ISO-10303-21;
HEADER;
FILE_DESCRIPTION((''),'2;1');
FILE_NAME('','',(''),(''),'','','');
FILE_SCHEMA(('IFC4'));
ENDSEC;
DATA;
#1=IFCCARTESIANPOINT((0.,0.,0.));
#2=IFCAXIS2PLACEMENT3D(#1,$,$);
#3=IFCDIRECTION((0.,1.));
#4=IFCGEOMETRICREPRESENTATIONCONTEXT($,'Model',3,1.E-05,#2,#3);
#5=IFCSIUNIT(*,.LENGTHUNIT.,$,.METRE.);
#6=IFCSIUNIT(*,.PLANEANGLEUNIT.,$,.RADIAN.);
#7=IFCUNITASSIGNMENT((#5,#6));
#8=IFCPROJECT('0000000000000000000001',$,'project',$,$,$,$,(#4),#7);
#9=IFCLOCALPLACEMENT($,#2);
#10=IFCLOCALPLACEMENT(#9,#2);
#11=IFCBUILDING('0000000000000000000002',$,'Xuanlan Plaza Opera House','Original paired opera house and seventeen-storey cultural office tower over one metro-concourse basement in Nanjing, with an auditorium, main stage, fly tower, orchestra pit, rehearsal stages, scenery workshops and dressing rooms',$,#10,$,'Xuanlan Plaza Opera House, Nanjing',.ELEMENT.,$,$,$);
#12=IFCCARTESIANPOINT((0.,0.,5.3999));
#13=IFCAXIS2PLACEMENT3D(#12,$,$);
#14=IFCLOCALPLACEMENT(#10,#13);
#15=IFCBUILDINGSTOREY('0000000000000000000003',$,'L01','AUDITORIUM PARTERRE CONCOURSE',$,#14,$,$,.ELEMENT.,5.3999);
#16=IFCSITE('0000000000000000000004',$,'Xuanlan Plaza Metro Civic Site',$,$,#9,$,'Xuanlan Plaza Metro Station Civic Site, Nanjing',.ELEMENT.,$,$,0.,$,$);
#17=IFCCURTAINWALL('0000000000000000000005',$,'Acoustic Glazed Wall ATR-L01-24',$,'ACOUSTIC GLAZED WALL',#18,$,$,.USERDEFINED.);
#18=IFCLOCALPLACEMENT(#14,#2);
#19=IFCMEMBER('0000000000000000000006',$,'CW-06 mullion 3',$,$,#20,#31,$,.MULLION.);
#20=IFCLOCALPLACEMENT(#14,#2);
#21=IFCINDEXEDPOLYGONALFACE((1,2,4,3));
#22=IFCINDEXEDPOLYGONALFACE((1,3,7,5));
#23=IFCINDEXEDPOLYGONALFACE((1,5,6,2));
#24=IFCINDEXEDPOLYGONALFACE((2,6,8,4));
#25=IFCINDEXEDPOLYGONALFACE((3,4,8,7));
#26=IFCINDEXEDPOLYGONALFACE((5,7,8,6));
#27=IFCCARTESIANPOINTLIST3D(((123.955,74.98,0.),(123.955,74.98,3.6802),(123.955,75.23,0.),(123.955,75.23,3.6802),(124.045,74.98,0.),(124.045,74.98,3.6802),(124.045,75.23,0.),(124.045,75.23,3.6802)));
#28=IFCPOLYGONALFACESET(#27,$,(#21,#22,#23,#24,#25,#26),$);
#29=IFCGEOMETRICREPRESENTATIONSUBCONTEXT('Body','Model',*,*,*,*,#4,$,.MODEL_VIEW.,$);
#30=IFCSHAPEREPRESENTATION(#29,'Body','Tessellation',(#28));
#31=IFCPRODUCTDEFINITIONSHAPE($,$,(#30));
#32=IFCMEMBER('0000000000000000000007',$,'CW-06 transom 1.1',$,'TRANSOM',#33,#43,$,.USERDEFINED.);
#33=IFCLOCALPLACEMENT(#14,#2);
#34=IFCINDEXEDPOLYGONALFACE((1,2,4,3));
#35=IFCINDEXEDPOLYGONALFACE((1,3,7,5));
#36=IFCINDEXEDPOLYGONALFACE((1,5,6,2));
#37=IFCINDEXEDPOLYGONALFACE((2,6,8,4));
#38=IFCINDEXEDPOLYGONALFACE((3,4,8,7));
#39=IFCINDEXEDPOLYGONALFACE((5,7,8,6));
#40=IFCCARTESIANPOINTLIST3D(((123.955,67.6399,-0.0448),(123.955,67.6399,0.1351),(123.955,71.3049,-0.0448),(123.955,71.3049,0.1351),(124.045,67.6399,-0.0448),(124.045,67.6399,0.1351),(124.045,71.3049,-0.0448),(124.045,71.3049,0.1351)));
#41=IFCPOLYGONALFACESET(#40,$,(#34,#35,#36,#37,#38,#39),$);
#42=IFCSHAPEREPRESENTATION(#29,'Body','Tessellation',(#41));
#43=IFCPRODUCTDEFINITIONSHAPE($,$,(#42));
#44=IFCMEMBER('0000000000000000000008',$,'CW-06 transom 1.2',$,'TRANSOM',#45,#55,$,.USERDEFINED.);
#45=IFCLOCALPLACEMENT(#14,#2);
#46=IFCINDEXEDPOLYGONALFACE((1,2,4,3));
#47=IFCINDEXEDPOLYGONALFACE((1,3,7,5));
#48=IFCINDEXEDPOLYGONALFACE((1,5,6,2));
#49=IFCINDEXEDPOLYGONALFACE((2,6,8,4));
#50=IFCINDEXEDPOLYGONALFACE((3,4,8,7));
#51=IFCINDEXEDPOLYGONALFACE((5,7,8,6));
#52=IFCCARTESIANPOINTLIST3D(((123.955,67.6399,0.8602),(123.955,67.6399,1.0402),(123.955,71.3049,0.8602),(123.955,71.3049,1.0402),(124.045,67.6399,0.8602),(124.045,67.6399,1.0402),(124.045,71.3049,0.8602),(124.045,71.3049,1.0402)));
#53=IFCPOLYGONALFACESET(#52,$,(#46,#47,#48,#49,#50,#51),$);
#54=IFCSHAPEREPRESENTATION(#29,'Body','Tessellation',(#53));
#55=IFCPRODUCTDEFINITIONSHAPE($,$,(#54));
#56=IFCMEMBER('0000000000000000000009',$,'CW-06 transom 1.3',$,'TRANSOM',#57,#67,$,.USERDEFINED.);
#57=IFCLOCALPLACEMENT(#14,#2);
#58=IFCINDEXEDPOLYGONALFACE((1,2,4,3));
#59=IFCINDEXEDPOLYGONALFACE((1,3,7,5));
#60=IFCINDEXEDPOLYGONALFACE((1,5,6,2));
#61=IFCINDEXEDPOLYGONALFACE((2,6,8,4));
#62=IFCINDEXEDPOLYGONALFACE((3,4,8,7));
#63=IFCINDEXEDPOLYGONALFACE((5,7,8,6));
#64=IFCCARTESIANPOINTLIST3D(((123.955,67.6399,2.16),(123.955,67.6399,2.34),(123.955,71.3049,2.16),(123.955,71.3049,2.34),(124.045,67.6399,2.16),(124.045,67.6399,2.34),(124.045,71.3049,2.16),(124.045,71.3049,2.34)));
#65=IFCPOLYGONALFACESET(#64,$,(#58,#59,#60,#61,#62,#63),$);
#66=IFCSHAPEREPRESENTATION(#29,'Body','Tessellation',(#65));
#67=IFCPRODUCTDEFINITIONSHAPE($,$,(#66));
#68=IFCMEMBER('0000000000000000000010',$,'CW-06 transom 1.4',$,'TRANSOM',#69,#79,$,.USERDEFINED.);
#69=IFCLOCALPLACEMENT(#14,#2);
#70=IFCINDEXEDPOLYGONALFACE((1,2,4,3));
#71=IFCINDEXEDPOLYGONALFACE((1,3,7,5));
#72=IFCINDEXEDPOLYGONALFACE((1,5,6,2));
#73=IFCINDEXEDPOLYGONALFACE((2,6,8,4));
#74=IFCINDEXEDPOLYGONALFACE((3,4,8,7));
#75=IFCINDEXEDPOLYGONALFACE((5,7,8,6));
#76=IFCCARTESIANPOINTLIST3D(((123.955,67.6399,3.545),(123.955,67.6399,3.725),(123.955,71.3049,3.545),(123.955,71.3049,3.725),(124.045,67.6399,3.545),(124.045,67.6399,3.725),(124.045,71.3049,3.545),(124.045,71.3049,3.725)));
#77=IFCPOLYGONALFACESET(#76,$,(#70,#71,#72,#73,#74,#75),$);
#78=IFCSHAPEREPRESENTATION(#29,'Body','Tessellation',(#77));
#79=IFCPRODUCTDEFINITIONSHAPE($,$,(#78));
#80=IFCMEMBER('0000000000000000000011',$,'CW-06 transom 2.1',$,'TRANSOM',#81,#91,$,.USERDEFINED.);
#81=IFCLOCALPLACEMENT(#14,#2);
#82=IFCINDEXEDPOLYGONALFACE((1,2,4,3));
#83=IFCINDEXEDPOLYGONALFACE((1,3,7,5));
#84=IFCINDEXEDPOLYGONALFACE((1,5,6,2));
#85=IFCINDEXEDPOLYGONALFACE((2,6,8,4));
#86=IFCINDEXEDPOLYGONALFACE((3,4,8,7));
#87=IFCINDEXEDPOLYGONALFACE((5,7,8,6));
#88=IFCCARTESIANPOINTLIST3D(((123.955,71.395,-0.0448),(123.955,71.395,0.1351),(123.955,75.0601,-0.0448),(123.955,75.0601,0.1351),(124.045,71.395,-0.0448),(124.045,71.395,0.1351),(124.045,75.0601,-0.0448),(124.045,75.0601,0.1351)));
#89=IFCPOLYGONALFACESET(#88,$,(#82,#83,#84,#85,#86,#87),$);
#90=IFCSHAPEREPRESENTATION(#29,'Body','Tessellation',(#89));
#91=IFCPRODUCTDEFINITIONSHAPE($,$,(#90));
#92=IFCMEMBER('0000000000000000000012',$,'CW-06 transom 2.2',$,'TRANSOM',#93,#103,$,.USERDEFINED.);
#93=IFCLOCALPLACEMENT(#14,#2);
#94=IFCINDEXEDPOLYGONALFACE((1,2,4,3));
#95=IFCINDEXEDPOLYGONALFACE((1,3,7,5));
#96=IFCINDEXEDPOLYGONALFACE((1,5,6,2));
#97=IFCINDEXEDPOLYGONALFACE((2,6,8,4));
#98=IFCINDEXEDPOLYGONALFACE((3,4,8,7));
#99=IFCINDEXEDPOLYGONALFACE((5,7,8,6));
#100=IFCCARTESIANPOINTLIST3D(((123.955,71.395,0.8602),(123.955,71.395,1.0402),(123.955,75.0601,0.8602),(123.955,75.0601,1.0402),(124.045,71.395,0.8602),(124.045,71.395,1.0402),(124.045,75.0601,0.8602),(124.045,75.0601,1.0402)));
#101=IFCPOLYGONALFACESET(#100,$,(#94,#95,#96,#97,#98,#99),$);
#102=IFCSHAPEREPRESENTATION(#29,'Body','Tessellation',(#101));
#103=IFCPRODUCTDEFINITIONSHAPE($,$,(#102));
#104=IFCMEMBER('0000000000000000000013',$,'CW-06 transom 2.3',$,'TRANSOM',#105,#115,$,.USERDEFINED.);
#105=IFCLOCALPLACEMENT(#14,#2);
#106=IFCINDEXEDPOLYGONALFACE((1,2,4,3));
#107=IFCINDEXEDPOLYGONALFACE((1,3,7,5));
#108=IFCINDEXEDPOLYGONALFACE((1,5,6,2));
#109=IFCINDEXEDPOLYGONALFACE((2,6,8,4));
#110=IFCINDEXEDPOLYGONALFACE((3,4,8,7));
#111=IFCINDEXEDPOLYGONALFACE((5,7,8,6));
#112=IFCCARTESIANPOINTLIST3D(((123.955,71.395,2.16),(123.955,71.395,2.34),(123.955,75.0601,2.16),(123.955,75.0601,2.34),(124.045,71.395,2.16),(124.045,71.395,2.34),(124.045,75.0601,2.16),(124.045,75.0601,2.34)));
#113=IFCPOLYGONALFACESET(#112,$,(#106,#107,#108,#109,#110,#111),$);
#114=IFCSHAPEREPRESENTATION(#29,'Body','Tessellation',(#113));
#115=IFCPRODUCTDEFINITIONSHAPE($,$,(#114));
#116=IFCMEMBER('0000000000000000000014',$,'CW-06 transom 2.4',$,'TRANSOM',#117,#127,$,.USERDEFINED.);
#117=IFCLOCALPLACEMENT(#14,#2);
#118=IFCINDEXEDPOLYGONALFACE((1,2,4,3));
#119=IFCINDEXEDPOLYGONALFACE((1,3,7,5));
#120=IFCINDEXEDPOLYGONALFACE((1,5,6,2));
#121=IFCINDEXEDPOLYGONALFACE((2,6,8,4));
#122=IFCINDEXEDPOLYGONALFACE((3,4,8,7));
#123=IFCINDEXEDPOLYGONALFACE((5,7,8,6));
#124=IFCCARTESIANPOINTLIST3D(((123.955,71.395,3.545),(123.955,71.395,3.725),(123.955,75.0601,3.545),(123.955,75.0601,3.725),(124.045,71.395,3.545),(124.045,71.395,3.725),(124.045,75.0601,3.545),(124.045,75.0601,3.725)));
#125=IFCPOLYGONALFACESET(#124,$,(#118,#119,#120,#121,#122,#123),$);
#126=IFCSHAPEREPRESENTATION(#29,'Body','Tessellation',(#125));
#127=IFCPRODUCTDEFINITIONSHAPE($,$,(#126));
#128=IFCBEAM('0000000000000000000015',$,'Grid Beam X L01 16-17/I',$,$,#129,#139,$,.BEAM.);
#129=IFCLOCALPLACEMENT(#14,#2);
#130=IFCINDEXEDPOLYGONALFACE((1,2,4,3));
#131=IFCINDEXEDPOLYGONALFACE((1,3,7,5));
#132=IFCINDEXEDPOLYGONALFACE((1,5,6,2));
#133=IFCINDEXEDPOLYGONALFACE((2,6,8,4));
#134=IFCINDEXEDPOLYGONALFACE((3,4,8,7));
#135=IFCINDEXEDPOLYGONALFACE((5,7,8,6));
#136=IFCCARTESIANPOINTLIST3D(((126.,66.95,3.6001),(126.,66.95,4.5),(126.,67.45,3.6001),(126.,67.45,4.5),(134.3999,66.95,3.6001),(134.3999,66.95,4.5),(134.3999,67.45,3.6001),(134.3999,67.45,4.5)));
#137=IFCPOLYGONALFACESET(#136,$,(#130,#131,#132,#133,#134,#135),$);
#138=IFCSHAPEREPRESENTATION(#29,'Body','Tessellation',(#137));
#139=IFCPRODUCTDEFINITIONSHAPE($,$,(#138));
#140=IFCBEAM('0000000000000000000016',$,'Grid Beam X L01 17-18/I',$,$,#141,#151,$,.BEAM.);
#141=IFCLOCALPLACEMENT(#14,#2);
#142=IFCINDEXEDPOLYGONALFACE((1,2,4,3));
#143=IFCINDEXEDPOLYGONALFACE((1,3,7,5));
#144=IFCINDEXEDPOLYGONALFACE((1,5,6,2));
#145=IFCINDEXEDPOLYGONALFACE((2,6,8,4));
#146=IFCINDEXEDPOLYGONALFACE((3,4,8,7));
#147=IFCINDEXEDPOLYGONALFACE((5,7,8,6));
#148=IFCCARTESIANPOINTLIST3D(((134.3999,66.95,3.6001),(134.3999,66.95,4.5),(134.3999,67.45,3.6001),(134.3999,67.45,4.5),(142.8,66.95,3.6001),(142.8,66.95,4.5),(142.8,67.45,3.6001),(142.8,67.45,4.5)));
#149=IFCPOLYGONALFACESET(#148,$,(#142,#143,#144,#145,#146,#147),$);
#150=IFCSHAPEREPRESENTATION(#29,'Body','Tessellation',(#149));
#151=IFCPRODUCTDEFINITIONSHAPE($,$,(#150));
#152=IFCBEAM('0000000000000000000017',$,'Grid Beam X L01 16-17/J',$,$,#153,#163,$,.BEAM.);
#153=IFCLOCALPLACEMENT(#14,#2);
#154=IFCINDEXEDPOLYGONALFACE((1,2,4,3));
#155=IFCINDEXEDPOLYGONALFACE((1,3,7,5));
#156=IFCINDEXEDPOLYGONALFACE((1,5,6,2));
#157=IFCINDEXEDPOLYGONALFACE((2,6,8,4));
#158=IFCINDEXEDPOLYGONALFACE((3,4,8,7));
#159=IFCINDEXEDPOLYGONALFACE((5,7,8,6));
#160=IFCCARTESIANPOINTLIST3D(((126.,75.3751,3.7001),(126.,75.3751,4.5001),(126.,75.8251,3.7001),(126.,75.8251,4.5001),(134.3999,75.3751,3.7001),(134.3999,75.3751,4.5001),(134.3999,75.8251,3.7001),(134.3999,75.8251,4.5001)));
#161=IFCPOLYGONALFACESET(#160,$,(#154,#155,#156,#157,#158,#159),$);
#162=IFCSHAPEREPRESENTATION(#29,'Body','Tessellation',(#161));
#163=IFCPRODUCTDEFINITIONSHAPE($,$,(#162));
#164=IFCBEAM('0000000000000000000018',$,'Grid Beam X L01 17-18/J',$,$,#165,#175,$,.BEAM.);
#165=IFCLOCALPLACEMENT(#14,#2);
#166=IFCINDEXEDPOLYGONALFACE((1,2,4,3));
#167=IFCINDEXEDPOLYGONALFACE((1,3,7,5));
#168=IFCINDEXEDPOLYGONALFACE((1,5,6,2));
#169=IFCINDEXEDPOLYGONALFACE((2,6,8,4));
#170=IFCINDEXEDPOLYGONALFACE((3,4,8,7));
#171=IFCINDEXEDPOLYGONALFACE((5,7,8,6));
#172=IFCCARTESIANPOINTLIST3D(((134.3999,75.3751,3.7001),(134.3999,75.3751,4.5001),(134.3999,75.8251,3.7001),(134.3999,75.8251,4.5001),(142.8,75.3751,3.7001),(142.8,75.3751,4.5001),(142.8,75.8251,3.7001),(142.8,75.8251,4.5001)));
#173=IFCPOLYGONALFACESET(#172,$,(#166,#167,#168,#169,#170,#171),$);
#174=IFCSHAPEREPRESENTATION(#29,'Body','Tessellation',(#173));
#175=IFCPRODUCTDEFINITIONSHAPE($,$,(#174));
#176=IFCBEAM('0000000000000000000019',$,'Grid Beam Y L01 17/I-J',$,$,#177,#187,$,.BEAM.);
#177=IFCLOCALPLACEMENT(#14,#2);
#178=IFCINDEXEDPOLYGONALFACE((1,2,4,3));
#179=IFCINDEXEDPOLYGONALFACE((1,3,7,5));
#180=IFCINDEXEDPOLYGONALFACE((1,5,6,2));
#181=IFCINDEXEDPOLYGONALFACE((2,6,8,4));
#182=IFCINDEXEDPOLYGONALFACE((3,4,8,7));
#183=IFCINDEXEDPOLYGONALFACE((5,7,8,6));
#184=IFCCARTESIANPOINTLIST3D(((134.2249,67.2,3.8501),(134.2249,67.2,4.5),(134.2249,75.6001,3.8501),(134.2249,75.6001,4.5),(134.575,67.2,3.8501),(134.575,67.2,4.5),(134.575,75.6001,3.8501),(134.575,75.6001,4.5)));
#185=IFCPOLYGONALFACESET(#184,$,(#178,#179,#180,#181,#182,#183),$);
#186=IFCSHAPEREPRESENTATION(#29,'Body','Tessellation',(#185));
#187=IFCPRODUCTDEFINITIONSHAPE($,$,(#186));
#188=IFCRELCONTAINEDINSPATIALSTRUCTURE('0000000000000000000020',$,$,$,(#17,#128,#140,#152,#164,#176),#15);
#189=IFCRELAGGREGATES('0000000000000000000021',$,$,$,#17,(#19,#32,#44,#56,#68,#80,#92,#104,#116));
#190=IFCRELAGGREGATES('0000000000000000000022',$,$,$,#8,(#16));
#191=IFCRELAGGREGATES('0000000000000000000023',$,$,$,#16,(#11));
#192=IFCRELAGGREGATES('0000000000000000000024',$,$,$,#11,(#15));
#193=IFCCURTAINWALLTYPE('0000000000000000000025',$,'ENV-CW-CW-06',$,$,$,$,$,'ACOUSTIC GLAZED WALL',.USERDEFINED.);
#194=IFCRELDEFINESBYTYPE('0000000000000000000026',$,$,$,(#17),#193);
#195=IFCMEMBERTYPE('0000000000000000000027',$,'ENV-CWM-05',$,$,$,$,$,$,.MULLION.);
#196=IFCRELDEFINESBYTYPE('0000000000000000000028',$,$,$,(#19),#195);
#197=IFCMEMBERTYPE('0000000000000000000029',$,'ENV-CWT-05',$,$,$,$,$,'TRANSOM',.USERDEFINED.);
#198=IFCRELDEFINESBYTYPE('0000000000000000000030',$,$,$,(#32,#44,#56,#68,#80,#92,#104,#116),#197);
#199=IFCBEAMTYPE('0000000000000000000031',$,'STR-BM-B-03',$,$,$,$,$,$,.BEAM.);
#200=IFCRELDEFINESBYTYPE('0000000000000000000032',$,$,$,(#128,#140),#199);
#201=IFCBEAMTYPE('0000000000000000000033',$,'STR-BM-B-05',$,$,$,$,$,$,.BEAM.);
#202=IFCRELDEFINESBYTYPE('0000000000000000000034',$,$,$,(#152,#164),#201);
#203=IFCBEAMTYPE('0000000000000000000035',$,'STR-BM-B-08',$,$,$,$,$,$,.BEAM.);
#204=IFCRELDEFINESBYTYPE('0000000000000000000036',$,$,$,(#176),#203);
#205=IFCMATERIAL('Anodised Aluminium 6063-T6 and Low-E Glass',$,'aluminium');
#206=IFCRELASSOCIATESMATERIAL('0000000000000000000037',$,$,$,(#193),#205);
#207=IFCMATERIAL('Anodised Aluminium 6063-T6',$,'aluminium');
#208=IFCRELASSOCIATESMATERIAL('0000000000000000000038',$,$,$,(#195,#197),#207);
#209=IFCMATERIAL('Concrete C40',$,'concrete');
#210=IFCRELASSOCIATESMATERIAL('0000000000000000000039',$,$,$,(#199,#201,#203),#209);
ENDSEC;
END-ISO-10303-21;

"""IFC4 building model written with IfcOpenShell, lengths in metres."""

from ifc_helpers import new_model, si_unit, direction, frame, origin, origin_2d, place, context, subcontext, project, spatial, rectangle, extrude, material, material_profile, profile_set, type_object, element, aggregate, save


model = new_model("IFC4")

# Units and contexts
model_context = context("Model", 3, precision=1e-05, world=origin(), true_north=direction((0.0, 1.0)))
body_context = subcontext(model_context, "Body", "Model", "MODEL_VIEW")
ifc_project = project(units=[si_unit("LENGTHUNIT", "METRE"), si_unit("PLANEANGLEUNIT", "RADIAN")], contexts=[model_context])

# Site, building, storey
site_placement = place(None, origin())
site = spatial("IfcSite", under=ifc_project, at=site_placement, Name="Xuanlan Plaza Metro Civic Site", LongName="Xuanlan Plaza Metro Station Civic Site, Nanjing", CompositionType="ELEMENT", RefElevation=0.0)
building_placement = place(site_placement, origin())
building = spatial("IfcBuilding", under=site, at=building_placement, Name="Xuanlan Plaza Opera House", Description="Original paired opera house and seventeen-storey cultural office tower over one metro-concourse basement in Nanjing, with an auditorium, main stage, fly tower, orchestra pit, rehearsal stages, scenery workshops and dressing rooms", LongName="Xuanlan Plaza Opera House, Nanjing", CompositionType="ELEMENT")
storey_placement = place(building_placement, frame((0.0, 0.0, 5.3999)))
storey = spatial("IfcBuildingStorey", under=building, at=storey_placement, Name="L01", Description="AUDITORIUM PARTERRE CONCOURSE", CompositionType="ELEMENT", Elevation=5.3999)

# Curtain wall, members
ifc_material_1 = material(Name="Anodised Aluminium 6063-T6 and Low-E Glass", Category="aluminium")
curtain_wall_type = type_object("IfcCurtainWallType", Name="ENV-CW-CW-06", ElementType="ACOUSTIC GLAZED WALL", PredefinedType="USERDEFINED", material=ifc_material_1)
curtain_wall_placement = place(storey_placement, origin())
curtain_wall = element("IfcCurtainWall", 1, at=curtain_wall_placement, inside=storey, type_object=curtain_wall_type, Name="Acoustic Glazed Wall ATR-L01-24", ObjectType="ACOUSTIC GLAZED WALL", PredefinedType="USERDEFINED")
ifc_material_2 = material(Name="Anodised Aluminium 6063-T6", Category="aluminium")
ifc_material_profile_1 = material_profile(ifc_material_2, rectangle(XDim=0.0901, YDim=0.25, at=origin_2d()), Name="ALU-M 90x250")
ifc_profile_set_1 = profile_set([ifc_material_profile_1], Name="Anodised Aluminium 6063-T6")
member_type_1 = type_object("IfcMemberType", Name="ENV-CWM-05", PredefinedType="MULLION", material=ifc_profile_set_1)
member_1_placement = place(storey_placement, frame((124.0, 75.105, 0.0), z_axis=(0.0, 0.0, 1.0), x_axis=(-1.0, 0.0, 0.0)))
member_1 = element("IfcMember", 2, at=member_1_placement, type_object=member_type_1, Name="CW-06 mullion 3", PredefinedType="MULLION", context=body_context, shape_type="SweptSolid", body=[
    extrude(rectangle(XDim=0.0901, YDim=0.25, at=origin_2d()), origin(), (0.0, 0.0, 1.0), 3.6802),
])
ifc_material_profile_2 = material_profile(ifc_material_2, rectangle(XDim=0.0901, YDim=0.1799, at=origin_2d()), Name="ALU-T 90x180")
ifc_profile_set_2 = profile_set([ifc_material_profile_2], Name="Anodised Aluminium 6063-T6")
member_type_2 = type_object("IfcMemberType", Name="ENV-CWT-05", ElementType="TRANSOM", PredefinedType="USERDEFINED", material=ifc_profile_set_2)
member_2_placement = place(storey_placement, frame((124.0, 67.6399, 0.0452), z_axis=(0.0, 1.0, 0.0), x_axis=(-1.0, 0.0, 0.0)))
member_2 = element("IfcMember", 3, at=member_2_placement, type_object=member_type_2, Name="CW-06 transom 1.1", ObjectType="TRANSOM", PredefinedType="USERDEFINED", context=body_context, shape_type="SweptSolid", body=[
    extrude(rectangle(XDim=0.0901, YDim=0.1799, at=origin_2d()), origin(), (0.0, 0.0, 1.0), 3.665),
])
member_3_placement = place(storey_placement, frame((124.0, 67.6399, 0.9502), z_axis=(0.0, 1.0, 0.0), x_axis=(-1.0, 0.0, 0.0)))
member_3 = element("IfcMember", 4, at=member_3_placement, type_object=member_type_2, Name="CW-06 transom 1.2", ObjectType="TRANSOM", PredefinedType="USERDEFINED", context=body_context, shape_type="SweptSolid", body=[
    extrude(rectangle(XDim=0.0901, YDim=0.1799, at=origin_2d()), origin(), (0.0, 0.0, 1.0), 3.665),
])
member_4_placement = place(storey_placement, frame((124.0, 67.6399, 2.25), z_axis=(0.0, 1.0, 0.0), x_axis=(-1.0, 0.0, 0.0)))
member_4 = element("IfcMember", 5, at=member_4_placement, type_object=member_type_2, Name="CW-06 transom 1.3", ObjectType="TRANSOM", PredefinedType="USERDEFINED", context=body_context, shape_type="SweptSolid", body=[
    extrude(rectangle(XDim=0.0901, YDim=0.1799, at=origin_2d()), origin(), (0.0, 0.0, 1.0), 3.665),
])
member_5_placement = place(storey_placement, frame((124.0, 67.6399, 3.635), z_axis=(0.0, 1.0, 0.0), x_axis=(-1.0, 0.0, 0.0)))
member_5 = element("IfcMember", 6, at=member_5_placement, type_object=member_type_2, Name="CW-06 transom 1.4", ObjectType="TRANSOM", PredefinedType="USERDEFINED", context=body_context, shape_type="SweptSolid", body=[
    extrude(rectangle(XDim=0.0901, YDim=0.1799, at=origin_2d()), origin(), (0.0, 0.0, 1.0), 3.665),
])
member_6_placement = place(storey_placement, frame((124.0, 71.395, 0.0452), z_axis=(0.0, 1.0, 0.0), x_axis=(-1.0, 0.0, 0.0)))
member_6 = element("IfcMember", 7, at=member_6_placement, type_object=member_type_2, Name="CW-06 transom 2.1", ObjectType="TRANSOM", PredefinedType="USERDEFINED", context=body_context, shape_type="SweptSolid", body=[
    extrude(rectangle(XDim=0.0901, YDim=0.1799, at=origin_2d()), origin(), (0.0, 0.0, 1.0), 3.665),
])
member_7_placement = place(storey_placement, frame((124.0, 71.395, 0.9502), z_axis=(0.0, 1.0, 0.0), x_axis=(-1.0, 0.0, 0.0)))
member_7 = element("IfcMember", 8, at=member_7_placement, type_object=member_type_2, Name="CW-06 transom 2.2", ObjectType="TRANSOM", PredefinedType="USERDEFINED", context=body_context, shape_type="SweptSolid", body=[
    extrude(rectangle(XDim=0.0901, YDim=0.1799, at=origin_2d()), origin(), (0.0, 0.0, 1.0), 3.665),
])
member_8_placement = place(storey_placement, frame((124.0, 71.395, 2.25), z_axis=(0.0, 1.0, 0.0), x_axis=(-1.0, 0.0, 0.0)))
member_8 = element("IfcMember", 9, at=member_8_placement, type_object=member_type_2, Name="CW-06 transom 2.3", ObjectType="TRANSOM", PredefinedType="USERDEFINED", context=body_context, shape_type="SweptSolid", body=[
    extrude(rectangle(XDim=0.0901, YDim=0.1799, at=origin_2d()), origin(), (0.0, 0.0, 1.0), 3.665),
])
member_9_placement = place(storey_placement, frame((124.0, 71.395, 3.635), z_axis=(0.0, 1.0, 0.0), x_axis=(-1.0, 0.0, 0.0)))
member_9 = element("IfcMember", 10, at=member_9_placement, type_object=member_type_2, Name="CW-06 transom 2.4", ObjectType="TRANSOM", PredefinedType="USERDEFINED", context=body_context, shape_type="SweptSolid", body=[
    extrude(rectangle(XDim=0.0901, YDim=0.1799, at=origin_2d()), origin(), (0.0, 0.0, 1.0), 3.665),
])

# Beams
ifc_material_3 = material(Name="Concrete C40", Category="concrete")
ifc_material_profile_3 = material_profile(ifc_material_3, rectangle(XDim=0.5, YDim=0.8999, at=origin_2d()), Name="RC-BM 500x900")
ifc_profile_set_3 = profile_set([ifc_material_profile_3], Name="Concrete C40")
beam_type_1 = type_object("IfcBeamType", Name="STR-BM-B-03", PredefinedType="BEAM", material=ifc_profile_set_3)
beam_1_placement = place(storey_placement, frame((126.0, 67.2, 4.05), z_axis=(1.0, 0.0, 0.0), x_axis=(0.0, 1.0, 0.0)))
element("IfcBeam", 11, at=beam_1_placement, inside=storey, type_object=beam_type_1, Name="Grid Beam X L01 16-17/I", PredefinedType="BEAM", context=body_context, shape_type="SweptSolid", body=[
    extrude(rectangle(XDim=0.5, YDim=0.8999, at=origin_2d()), origin(), (0.0, 0.0, 1.0), 8.3999),
])
beam_2_placement = place(storey_placement, frame((134.3999, 67.2, 4.05), z_axis=(1.0, 0.0, 0.0), x_axis=(0.0, 1.0, 0.0)))
element("IfcBeam", 12, at=beam_2_placement, inside=storey, type_object=beam_type_1, Name="Grid Beam X L01 17-18/I", PredefinedType="BEAM", context=body_context, shape_type="SweptSolid", body=[
    extrude(rectangle(XDim=0.5, YDim=0.8999, at=origin_2d()), origin(), (0.0, 0.0, 1.0), 8.4001),
])
ifc_material_profile_4 = material_profile(ifc_material_3, rectangle(XDim=0.45, YDim=0.8, at=origin_2d()), Name="RC-BM 450x800")
ifc_profile_set_4 = profile_set([ifc_material_profile_4], Name="Concrete C40")
beam_type_2 = type_object("IfcBeamType", Name="STR-BM-B-05", PredefinedType="BEAM", material=ifc_profile_set_4)
beam_3_placement = place(storey_placement, frame((126.0, 75.6001, 4.1001), z_axis=(1.0, 0.0, 0.0), x_axis=(0.0, 1.0, 0.0)))
element("IfcBeam", 13, at=beam_3_placement, inside=storey, type_object=beam_type_2, Name="Grid Beam X L01 16-17/J", PredefinedType="BEAM", context=body_context, shape_type="SweptSolid", body=[
    extrude(rectangle(XDim=0.45, YDim=0.8, at=origin_2d()), origin(), (0.0, 0.0, 1.0), 8.3999),
])
beam_4_placement = place(storey_placement, frame((134.3999, 75.6001, 4.1001), z_axis=(1.0, 0.0, 0.0), x_axis=(0.0, 1.0, 0.0)))
element("IfcBeam", 14, at=beam_4_placement, inside=storey, type_object=beam_type_2, Name="Grid Beam X L01 17-18/J", PredefinedType="BEAM", context=body_context, shape_type="SweptSolid", body=[
    extrude(rectangle(XDim=0.45, YDim=0.8, at=origin_2d()), origin(), (0.0, 0.0, 1.0), 8.4001),
])
ifc_material_profile_5 = material_profile(ifc_material_3, rectangle(XDim=0.3501, YDim=0.6499, at=origin_2d()), Name="RC-BM 350x650")
ifc_profile_set_5 = profile_set([ifc_material_profile_5], Name="Concrete C40")
beam_type_3 = type_object("IfcBeamType", Name="STR-BM-B-08", PredefinedType="BEAM", material=ifc_profile_set_5)
beam_5_placement = place(storey_placement, frame((134.3999, 67.2, 4.175), z_axis=(0.0, 1.0, 0.0), x_axis=(-1.0, 0.0, 0.0)))
element("IfcBeam", 15, at=beam_5_placement, inside=storey, type_object=beam_type_3, Name="Grid Beam Y L01 17/I-J", PredefinedType="BEAM", context=body_context, shape_type="SweptSolid", body=[
    extrude(rectangle(XDim=0.3501, YDim=0.6499, at=origin_2d()), origin(), (0.0, 0.0, 1.0), 8.4001),
])

aggregate(curtain_wall, [member_1, member_2, member_3, member_4, member_5, member_6, member_7, member_8, member_9])

save(model, "model.ifc")
